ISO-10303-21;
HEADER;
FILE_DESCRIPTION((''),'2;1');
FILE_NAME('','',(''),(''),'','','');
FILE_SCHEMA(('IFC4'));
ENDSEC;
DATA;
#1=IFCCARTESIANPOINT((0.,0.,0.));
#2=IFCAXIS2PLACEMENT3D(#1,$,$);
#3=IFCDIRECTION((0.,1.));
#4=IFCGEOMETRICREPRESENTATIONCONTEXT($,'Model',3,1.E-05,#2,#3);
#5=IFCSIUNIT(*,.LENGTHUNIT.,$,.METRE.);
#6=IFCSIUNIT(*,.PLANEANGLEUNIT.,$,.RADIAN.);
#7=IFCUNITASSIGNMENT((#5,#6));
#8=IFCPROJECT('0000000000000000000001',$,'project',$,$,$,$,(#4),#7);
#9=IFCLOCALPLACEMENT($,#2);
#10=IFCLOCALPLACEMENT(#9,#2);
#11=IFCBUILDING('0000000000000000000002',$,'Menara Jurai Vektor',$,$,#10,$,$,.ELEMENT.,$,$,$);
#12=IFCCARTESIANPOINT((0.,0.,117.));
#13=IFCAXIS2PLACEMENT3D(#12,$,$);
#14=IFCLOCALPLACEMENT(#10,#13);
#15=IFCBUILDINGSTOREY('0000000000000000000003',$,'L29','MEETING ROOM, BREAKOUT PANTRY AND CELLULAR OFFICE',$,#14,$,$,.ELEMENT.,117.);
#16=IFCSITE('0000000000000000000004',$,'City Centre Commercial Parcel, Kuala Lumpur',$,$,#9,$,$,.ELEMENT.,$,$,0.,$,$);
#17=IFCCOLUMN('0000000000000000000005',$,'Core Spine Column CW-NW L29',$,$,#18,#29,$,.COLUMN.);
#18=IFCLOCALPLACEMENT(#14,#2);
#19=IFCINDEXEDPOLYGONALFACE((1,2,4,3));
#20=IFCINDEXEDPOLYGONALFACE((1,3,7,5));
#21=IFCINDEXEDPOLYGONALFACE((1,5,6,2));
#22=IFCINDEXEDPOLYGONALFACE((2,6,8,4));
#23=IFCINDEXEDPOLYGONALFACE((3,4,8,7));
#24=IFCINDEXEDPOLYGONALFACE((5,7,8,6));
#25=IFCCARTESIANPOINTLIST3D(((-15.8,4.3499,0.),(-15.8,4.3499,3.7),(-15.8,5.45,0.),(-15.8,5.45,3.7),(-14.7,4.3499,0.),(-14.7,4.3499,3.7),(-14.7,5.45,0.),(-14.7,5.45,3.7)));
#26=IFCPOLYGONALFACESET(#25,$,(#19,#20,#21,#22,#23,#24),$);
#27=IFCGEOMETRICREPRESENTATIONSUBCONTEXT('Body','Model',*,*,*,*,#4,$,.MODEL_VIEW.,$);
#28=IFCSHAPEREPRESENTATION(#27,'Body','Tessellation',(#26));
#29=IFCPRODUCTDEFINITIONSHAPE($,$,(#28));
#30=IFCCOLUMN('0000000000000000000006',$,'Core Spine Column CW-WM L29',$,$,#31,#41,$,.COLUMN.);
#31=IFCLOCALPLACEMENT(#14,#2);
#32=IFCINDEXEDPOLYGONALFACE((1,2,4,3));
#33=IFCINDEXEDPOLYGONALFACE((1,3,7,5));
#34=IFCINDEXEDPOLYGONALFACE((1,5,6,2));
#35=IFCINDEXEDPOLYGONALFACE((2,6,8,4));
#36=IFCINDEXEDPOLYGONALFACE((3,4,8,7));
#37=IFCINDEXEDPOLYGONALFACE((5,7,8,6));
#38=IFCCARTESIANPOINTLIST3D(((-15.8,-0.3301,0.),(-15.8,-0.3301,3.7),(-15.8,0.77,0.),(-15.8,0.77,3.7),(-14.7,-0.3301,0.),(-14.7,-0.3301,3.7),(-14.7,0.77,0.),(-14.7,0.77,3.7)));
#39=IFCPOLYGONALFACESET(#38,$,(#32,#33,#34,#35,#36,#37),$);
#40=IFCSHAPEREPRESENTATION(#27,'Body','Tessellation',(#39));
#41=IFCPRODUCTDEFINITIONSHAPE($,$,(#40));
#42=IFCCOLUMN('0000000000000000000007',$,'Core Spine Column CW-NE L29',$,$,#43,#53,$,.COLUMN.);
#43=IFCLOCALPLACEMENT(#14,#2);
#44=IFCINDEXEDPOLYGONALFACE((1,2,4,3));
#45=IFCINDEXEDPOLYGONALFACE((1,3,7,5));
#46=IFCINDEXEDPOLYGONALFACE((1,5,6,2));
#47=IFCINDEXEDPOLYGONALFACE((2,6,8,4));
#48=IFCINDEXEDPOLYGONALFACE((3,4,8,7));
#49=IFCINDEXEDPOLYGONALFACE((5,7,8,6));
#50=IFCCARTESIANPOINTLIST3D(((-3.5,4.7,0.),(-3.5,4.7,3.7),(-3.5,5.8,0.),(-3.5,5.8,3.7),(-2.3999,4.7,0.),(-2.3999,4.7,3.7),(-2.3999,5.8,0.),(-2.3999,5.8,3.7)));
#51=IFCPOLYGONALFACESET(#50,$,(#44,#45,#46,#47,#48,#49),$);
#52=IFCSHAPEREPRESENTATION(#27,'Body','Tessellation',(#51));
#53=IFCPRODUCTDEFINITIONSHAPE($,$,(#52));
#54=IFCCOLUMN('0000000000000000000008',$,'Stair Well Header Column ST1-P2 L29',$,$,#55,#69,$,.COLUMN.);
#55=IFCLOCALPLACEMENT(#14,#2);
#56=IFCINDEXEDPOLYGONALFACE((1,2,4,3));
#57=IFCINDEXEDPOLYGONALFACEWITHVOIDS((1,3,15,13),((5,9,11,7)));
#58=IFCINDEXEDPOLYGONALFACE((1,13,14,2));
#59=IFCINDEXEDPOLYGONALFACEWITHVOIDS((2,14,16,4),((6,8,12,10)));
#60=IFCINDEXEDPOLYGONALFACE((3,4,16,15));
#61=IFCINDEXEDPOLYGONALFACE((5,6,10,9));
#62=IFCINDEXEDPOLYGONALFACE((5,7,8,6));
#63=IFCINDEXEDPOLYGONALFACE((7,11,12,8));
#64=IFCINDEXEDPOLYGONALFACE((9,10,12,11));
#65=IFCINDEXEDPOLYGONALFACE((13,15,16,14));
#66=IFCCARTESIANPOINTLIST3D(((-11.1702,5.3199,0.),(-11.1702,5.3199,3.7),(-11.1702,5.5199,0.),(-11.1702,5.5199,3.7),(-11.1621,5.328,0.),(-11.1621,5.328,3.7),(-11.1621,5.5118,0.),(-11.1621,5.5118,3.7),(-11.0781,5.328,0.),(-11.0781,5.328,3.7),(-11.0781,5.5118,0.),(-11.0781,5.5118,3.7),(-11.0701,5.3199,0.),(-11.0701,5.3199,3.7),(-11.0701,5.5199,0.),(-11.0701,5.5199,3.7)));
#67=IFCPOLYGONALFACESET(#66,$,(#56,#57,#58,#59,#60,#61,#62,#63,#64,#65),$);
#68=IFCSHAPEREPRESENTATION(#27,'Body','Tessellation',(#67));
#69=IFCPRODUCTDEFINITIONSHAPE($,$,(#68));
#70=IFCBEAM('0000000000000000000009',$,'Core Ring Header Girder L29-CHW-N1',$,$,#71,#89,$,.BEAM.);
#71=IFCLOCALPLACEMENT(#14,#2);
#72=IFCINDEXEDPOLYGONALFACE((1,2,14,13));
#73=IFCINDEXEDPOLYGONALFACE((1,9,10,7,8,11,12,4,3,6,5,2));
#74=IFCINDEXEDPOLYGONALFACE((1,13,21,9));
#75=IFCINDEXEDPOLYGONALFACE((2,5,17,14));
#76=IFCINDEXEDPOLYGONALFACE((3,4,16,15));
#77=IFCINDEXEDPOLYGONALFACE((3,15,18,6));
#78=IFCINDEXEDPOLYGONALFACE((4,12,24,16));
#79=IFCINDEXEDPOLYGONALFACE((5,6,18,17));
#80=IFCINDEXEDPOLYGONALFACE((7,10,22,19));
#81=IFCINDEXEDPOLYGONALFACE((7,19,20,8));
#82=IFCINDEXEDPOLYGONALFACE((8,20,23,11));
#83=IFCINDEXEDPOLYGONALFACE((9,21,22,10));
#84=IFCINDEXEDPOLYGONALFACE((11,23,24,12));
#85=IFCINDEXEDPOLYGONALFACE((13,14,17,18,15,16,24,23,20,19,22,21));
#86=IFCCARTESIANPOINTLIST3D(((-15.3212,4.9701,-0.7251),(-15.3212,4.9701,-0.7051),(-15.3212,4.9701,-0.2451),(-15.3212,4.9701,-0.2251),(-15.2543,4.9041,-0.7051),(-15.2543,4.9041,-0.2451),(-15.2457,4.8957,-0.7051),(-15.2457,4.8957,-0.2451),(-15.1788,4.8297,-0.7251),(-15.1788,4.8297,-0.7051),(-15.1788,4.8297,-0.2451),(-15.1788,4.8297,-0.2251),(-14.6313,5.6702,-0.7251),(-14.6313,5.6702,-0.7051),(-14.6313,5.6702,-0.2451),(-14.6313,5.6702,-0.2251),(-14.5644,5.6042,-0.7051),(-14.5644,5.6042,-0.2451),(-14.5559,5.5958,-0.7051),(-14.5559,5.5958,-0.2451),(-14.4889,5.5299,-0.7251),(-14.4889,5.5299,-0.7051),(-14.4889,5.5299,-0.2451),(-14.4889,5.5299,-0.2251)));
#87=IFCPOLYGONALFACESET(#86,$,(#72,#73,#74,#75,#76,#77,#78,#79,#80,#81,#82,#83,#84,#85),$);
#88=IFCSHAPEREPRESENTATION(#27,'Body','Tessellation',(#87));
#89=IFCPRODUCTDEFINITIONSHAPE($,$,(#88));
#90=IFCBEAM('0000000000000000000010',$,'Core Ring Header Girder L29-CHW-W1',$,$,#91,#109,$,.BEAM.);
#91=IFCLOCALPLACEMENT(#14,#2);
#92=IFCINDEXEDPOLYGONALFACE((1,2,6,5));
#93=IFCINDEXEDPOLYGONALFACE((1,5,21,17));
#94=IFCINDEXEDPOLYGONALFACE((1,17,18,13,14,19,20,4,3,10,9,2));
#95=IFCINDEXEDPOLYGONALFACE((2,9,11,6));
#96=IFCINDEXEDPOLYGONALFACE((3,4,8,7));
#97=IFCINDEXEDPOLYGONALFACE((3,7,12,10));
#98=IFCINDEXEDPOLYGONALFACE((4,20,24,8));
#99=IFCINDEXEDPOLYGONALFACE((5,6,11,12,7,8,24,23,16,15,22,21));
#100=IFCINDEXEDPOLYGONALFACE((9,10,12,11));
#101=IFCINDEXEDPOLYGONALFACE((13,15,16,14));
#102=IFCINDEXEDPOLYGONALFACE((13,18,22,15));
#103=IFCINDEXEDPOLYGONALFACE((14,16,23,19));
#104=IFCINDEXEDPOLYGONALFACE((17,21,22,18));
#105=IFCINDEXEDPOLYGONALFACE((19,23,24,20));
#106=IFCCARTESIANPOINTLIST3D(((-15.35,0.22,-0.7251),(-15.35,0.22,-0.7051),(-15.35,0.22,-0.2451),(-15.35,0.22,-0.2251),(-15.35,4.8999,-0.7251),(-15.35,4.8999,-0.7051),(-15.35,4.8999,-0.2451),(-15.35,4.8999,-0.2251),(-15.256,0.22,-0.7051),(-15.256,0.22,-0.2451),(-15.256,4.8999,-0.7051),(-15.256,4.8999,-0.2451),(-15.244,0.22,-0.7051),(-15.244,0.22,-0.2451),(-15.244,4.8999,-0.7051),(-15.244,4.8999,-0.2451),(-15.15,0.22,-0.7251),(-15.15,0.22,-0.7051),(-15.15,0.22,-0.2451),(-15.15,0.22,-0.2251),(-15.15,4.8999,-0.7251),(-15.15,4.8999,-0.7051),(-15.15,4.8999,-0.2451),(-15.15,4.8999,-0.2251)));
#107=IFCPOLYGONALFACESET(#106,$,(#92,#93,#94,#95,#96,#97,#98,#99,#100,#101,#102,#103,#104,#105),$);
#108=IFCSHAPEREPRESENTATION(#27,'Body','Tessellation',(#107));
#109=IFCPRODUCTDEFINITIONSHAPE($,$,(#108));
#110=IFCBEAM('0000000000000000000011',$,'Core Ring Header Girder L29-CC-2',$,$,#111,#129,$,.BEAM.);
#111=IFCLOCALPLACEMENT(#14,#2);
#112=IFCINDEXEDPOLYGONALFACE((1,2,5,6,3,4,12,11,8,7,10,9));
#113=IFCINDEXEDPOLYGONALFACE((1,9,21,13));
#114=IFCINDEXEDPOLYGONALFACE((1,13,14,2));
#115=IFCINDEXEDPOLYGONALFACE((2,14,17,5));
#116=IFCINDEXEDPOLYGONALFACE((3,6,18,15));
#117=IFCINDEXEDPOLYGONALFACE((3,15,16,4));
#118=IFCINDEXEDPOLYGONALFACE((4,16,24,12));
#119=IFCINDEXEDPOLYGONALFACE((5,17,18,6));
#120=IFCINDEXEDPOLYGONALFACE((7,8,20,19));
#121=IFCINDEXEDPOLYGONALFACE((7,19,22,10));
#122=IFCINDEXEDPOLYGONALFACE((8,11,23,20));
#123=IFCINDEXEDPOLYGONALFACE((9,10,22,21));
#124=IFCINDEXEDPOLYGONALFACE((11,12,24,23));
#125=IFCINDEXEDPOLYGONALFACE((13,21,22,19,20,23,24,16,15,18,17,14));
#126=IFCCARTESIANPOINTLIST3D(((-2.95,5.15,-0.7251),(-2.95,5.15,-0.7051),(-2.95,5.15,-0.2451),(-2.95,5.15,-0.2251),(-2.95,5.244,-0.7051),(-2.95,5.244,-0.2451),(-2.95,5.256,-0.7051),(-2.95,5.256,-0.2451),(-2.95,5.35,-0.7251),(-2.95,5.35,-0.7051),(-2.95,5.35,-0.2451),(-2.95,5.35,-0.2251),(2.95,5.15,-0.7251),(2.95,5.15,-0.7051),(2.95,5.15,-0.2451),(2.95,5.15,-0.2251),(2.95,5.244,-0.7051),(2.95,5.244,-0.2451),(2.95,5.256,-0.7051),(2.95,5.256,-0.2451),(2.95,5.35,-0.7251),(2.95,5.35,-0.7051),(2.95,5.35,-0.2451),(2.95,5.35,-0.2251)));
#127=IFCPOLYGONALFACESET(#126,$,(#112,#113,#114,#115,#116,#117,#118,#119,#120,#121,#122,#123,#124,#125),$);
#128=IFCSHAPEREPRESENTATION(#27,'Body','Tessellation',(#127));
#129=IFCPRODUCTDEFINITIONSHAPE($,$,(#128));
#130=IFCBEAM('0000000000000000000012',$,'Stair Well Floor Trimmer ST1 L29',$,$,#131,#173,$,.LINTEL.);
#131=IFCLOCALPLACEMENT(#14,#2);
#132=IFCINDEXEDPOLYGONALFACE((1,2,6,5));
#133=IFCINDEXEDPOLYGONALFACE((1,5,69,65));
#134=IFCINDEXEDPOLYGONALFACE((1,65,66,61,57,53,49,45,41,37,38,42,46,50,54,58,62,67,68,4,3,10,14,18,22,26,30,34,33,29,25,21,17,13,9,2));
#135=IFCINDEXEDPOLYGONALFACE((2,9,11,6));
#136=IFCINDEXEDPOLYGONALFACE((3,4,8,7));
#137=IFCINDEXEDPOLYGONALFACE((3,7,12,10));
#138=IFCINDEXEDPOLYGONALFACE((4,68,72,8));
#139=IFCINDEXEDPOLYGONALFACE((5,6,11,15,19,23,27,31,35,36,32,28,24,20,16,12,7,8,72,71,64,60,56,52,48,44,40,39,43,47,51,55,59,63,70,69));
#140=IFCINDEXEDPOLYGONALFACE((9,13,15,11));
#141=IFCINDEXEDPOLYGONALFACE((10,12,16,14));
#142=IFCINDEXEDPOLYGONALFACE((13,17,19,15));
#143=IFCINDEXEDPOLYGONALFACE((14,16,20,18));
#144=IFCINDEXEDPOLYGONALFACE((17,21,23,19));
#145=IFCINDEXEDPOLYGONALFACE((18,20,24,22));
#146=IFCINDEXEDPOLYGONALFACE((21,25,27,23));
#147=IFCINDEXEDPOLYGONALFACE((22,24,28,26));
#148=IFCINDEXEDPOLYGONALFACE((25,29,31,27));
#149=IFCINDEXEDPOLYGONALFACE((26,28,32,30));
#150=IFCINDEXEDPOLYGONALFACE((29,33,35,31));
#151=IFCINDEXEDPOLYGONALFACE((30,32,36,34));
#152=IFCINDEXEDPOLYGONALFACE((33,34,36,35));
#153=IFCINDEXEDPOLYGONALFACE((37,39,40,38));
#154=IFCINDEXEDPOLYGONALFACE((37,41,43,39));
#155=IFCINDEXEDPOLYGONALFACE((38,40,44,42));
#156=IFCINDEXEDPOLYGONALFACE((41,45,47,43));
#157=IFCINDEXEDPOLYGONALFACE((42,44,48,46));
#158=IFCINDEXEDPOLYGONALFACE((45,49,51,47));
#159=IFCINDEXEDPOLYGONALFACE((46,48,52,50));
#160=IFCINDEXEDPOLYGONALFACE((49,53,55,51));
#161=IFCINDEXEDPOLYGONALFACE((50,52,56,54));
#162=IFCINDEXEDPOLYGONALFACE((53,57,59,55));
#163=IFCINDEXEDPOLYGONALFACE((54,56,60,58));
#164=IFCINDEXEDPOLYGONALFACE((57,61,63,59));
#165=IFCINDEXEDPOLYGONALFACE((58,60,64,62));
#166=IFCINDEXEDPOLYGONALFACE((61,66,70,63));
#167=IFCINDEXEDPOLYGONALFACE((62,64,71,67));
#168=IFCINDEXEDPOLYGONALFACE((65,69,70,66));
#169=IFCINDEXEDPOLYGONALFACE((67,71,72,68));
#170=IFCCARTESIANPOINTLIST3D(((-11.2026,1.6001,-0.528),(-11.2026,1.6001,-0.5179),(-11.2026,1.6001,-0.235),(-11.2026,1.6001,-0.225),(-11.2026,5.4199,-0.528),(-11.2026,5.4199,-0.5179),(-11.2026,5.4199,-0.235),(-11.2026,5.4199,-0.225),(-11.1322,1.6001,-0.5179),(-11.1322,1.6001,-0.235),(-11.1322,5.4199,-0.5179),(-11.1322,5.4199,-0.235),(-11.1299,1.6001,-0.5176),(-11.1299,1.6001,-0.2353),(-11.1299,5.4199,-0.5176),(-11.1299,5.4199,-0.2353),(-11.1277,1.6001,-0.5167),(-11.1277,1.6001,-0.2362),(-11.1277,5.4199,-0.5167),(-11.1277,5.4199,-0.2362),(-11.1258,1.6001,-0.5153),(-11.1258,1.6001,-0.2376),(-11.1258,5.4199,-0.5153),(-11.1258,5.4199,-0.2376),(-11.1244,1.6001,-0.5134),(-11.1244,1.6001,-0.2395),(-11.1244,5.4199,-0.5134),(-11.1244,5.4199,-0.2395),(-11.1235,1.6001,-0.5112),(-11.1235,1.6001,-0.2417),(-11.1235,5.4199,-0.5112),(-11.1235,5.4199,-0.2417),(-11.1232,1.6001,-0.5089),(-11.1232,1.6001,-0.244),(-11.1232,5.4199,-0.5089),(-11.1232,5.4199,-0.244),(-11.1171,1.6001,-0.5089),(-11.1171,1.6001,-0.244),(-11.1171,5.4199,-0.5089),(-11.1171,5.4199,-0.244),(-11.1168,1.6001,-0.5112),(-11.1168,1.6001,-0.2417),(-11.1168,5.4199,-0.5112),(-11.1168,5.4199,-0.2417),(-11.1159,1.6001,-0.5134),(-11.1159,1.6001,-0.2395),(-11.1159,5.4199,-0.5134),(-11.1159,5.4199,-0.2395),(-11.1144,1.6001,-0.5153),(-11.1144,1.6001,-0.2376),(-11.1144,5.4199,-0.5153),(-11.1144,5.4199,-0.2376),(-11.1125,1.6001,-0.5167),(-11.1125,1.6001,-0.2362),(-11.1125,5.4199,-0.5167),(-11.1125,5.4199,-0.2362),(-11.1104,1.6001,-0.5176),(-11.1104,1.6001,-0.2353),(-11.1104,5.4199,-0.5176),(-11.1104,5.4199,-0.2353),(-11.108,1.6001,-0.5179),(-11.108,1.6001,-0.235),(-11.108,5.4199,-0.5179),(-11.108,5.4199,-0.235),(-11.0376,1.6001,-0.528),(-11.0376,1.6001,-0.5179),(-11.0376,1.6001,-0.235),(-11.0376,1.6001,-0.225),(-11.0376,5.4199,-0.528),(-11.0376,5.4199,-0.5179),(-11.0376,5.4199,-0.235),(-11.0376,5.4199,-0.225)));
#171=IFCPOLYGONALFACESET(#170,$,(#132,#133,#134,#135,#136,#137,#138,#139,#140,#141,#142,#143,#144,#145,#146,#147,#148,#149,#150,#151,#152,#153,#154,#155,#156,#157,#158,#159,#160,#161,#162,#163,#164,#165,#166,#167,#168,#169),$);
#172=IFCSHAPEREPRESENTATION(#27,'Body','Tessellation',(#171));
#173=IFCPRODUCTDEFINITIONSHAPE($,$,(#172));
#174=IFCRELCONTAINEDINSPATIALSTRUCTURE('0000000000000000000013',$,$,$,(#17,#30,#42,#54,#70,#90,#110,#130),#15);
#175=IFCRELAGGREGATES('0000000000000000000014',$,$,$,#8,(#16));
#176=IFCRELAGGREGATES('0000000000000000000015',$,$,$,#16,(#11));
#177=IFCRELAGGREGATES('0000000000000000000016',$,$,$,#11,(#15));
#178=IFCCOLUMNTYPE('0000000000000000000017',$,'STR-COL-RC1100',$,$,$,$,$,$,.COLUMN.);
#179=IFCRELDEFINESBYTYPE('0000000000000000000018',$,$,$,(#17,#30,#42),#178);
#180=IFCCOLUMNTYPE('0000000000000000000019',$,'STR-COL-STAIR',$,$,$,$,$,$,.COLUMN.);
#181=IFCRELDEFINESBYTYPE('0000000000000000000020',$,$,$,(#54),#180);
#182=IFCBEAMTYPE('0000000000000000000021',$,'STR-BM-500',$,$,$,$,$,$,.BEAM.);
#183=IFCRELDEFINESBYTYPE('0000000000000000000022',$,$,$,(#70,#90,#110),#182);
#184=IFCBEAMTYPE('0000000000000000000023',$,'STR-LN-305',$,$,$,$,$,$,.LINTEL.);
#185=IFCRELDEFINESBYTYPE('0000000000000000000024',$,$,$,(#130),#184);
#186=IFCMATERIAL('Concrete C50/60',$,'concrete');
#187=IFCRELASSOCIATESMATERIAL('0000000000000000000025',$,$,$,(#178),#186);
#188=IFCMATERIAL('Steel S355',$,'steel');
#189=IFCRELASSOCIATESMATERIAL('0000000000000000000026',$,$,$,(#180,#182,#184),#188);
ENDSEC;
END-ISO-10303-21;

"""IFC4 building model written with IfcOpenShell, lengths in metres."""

from ifc_helpers import new_model, si_unit, direction, frame, origin, origin_2d, place, context, subcontext, project, spatial, rectangle, hollow_rectangle, i_section, extrude, material, material_profile, profile_set, type_object, element, save


model = new_model("IFC4")

# Units and contexts
model_context = context("Model", 3, precision=1e-05, world=origin(), true_north=direction((0.0, 1.0)))
body_context = subcontext(model_context, "Body", "Model", "MODEL_VIEW")
ifc_project = project(units=[si_unit("LENGTHUNIT", "METRE"), si_unit("PLANEANGLEUNIT", "RADIAN")], contexts=[model_context])

# Site, building, storey
site_placement = place(None, origin())
site = spatial("IfcSite", under=ifc_project, at=site_placement, Name="City Centre Commercial Parcel, Kuala Lumpur", CompositionType="ELEMENT", RefElevation=0.0)
building_placement = place(site_placement, origin())
building = spatial("IfcBuilding", under=site, at=building_placement, Name="Menara Jurai Vektor", CompositionType="ELEMENT")
storey_placement = place(building_placement, frame((0.0, 0.0, 117.0)))
storey = spatial("IfcBuildingStorey", under=building, at=storey_placement, Name="L29", Description="MEETING ROOM, BREAKOUT PANTRY AND CELLULAR OFFICE", CompositionType="ELEMENT", Elevation=117.0)

# Columns
ifc_material_1 = material(Name="Concrete C50/60", Category="concrete")
ifc_material_profile_1 = material_profile(ifc_material_1, rectangle(XDim=1.1001, YDim=1.1001, at=origin_2d()), Name="RC 1100x1100")
ifc_profile_set_1 = profile_set([ifc_material_profile_1], Name="Concrete C50/60")
column_type_1 = type_object("IfcColumnType", Name="STR-COL-RC1100", PredefinedType="COLUMN", material=ifc_profile_set_1)
for number, where, z_axis, x_axis, name in (
    (1, (-15.25, 4.8999, 0.0), (0.0, 0.0, 1.0), (1.0, 0.0, 0.0), "Core Spine Column CW-NW L29"),
    (2, (-15.25, 0.22, 0.0), (0.0, 0.0, 1.0), (1.0, 0.0, 0.0), "Core Spine Column CW-WM L29"),
    (3, (-2.95, 5.25, 0.0), (0.0, 0.0, 1.0), (1.0, 0.0, 0.0), "Core Spine Column CW-NE L29"),
):
    element("IfcColumn", number, at=place(storey_placement, frame(where, z_axis=z_axis, x_axis=x_axis)), inside=storey, type_object=column_type_1, Name=name, PredefinedType="COLUMN", context=body_context, shape_type="SweptSolid", body=[
        extrude(rectangle(XDim=1.1001, YDim=1.1001, at=origin_2d()), origin(), (0.0, 0.0, 1.0), 3.7),
    ])
ifc_material_2 = material(Name="Steel S355", Category="steel")
ifc_material_profile_2 = material_profile(ifc_material_2, hollow_rectangle(XDim=0.1001, YDim=0.2, WallThickness=0.0081, at=origin_2d()), Name="RHS 200x100x8")
ifc_profile_set_2 = profile_set([ifc_material_profile_2], Name="Steel S355")
column_type_2 = type_object("IfcColumnType", Name="STR-COL-STAIR", PredefinedType="COLUMN", material=ifc_profile_set_2)
column_placement = place(storey_placement, frame((-11.1201, 5.4199, 0.0), z_axis=(0.0, 0.0, 1.0), x_axis=(1.0, 0.0, 0.0)))
element("IfcColumn", 4, at=column_placement, inside=storey, type_object=column_type_2, Name="Stair Well Header Column ST1-P2 L29", PredefinedType="COLUMN", context=body_context, shape_type="SweptSolid", body=[
    extrude(hollow_rectangle(XDim=0.1001, YDim=0.2, WallThickness=0.0081, at=origin_2d()), origin(), (0.0, 0.0, 1.0), 3.7),
])

# Beams
ifc_material_profile_3 = material_profile(ifc_material_2, i_section(OverallWidth=0.2, OverallDepth=0.5, WebThickness=0.012, FlangeThickness=0.02, at=origin_2d()), Name="PG 500x200x96")
ifc_profile_set_3 = profile_set([ifc_material_profile_3], Name="Steel S355")
beam_type_1 = type_object("IfcBeamType", Name="STR-BM-500", PredefinedType="BEAM", material=ifc_profile_set_3)
beam_1_placement = place(storey_placement, frame((-15.25, 4.8999, -0.4751), z_axis=(0.701872, 0.712303, 0.0), x_axis=(-0.712303, 0.701872, 0.0)))
element("IfcBeam", 5, at=beam_1_placement, inside=storey, type_object=beam_type_1, Name="Core Ring Header Girder L29-CHW-N1", PredefinedType="BEAM", context=body_context, shape_type="SweptSolid", body=[
    extrude(i_section(OverallWidth=0.2, OverallDepth=0.5, WebThickness=0.012, FlangeThickness=0.02, at=origin_2d()), origin(), (0.0, 0.0, 1.0), 0.9829),
])
beam_2_placement = place(storey_placement, frame((-15.25, 0.22, -0.4751), z_axis=(0.0, 1.0, 0.0), x_axis=(-1.0, 0.0, 0.0)))
element("IfcBeam", 6, at=beam_2_placement, inside=storey, type_object=beam_type_1, Name="Core Ring Header Girder L29-CHW-W1", PredefinedType="BEAM", context=body_context, shape_type="SweptSolid", body=[
    extrude(i_section(OverallWidth=0.2, OverallDepth=0.5, WebThickness=0.012, FlangeThickness=0.02, at=origin_2d()), origin(), (0.0, 0.0, 1.0), 4.6799),
])
beam_3_placement = place(storey_placement, frame((-2.95, 5.25, -0.4751), z_axis=(1.0, 0.0, 0.0), x_axis=(0.0, 1.0, 0.0)))
element("IfcBeam", 7, at=beam_3_placement, inside=storey, type_object=beam_type_1, Name="Core Ring Header Girder L29-CC-2", PredefinedType="BEAM", context=body_context, shape_type="SweptSolid", body=[
    extrude(i_section(OverallWidth=0.2, OverallDepth=0.5, WebThickness=0.012, FlangeThickness=0.02, at=origin_2d()), origin(), (0.0, 0.0, 1.0), 5.8999),
])
ifc_material_profile_4 = material_profile(ifc_material_2, i_section(OverallWidth=0.165, OverallDepth=0.303, WebThickness=0.0061, FlangeThickness=0.01, FilletRadius=0.009, at=origin_2d()), Name="UKB 305x165x40")
ifc_profile_set_4 = profile_set([ifc_material_profile_4], Name="Steel S355")
beam_type_2 = type_object("IfcBeamType", Name="STR-LN-305", PredefinedType="LINTEL", material=ifc_profile_set_4)
beam_4_placement = place(storey_placement, frame((-11.1201, 1.6001, -0.3765), z_axis=(0.0, 1.0, 0.0), x_axis=(-1.0, 0.0, 0.0)))
element("IfcBeam", 8, at=beam_4_placement, inside=storey, type_object=beam_type_2, Name="Stair Well Floor Trimmer ST1 L29", PredefinedType="LINTEL", context=body_context, shape_type="SweptSolid", body=[
    extrude(i_section(OverallWidth=0.165, OverallDepth=0.303, WebThickness=0.0061, FlangeThickness=0.01, FilletRadius=0.009, at=origin_2d()), origin(), (0.0, 0.0, 1.0), 3.8198),
])

save(model, "model.ifc")
